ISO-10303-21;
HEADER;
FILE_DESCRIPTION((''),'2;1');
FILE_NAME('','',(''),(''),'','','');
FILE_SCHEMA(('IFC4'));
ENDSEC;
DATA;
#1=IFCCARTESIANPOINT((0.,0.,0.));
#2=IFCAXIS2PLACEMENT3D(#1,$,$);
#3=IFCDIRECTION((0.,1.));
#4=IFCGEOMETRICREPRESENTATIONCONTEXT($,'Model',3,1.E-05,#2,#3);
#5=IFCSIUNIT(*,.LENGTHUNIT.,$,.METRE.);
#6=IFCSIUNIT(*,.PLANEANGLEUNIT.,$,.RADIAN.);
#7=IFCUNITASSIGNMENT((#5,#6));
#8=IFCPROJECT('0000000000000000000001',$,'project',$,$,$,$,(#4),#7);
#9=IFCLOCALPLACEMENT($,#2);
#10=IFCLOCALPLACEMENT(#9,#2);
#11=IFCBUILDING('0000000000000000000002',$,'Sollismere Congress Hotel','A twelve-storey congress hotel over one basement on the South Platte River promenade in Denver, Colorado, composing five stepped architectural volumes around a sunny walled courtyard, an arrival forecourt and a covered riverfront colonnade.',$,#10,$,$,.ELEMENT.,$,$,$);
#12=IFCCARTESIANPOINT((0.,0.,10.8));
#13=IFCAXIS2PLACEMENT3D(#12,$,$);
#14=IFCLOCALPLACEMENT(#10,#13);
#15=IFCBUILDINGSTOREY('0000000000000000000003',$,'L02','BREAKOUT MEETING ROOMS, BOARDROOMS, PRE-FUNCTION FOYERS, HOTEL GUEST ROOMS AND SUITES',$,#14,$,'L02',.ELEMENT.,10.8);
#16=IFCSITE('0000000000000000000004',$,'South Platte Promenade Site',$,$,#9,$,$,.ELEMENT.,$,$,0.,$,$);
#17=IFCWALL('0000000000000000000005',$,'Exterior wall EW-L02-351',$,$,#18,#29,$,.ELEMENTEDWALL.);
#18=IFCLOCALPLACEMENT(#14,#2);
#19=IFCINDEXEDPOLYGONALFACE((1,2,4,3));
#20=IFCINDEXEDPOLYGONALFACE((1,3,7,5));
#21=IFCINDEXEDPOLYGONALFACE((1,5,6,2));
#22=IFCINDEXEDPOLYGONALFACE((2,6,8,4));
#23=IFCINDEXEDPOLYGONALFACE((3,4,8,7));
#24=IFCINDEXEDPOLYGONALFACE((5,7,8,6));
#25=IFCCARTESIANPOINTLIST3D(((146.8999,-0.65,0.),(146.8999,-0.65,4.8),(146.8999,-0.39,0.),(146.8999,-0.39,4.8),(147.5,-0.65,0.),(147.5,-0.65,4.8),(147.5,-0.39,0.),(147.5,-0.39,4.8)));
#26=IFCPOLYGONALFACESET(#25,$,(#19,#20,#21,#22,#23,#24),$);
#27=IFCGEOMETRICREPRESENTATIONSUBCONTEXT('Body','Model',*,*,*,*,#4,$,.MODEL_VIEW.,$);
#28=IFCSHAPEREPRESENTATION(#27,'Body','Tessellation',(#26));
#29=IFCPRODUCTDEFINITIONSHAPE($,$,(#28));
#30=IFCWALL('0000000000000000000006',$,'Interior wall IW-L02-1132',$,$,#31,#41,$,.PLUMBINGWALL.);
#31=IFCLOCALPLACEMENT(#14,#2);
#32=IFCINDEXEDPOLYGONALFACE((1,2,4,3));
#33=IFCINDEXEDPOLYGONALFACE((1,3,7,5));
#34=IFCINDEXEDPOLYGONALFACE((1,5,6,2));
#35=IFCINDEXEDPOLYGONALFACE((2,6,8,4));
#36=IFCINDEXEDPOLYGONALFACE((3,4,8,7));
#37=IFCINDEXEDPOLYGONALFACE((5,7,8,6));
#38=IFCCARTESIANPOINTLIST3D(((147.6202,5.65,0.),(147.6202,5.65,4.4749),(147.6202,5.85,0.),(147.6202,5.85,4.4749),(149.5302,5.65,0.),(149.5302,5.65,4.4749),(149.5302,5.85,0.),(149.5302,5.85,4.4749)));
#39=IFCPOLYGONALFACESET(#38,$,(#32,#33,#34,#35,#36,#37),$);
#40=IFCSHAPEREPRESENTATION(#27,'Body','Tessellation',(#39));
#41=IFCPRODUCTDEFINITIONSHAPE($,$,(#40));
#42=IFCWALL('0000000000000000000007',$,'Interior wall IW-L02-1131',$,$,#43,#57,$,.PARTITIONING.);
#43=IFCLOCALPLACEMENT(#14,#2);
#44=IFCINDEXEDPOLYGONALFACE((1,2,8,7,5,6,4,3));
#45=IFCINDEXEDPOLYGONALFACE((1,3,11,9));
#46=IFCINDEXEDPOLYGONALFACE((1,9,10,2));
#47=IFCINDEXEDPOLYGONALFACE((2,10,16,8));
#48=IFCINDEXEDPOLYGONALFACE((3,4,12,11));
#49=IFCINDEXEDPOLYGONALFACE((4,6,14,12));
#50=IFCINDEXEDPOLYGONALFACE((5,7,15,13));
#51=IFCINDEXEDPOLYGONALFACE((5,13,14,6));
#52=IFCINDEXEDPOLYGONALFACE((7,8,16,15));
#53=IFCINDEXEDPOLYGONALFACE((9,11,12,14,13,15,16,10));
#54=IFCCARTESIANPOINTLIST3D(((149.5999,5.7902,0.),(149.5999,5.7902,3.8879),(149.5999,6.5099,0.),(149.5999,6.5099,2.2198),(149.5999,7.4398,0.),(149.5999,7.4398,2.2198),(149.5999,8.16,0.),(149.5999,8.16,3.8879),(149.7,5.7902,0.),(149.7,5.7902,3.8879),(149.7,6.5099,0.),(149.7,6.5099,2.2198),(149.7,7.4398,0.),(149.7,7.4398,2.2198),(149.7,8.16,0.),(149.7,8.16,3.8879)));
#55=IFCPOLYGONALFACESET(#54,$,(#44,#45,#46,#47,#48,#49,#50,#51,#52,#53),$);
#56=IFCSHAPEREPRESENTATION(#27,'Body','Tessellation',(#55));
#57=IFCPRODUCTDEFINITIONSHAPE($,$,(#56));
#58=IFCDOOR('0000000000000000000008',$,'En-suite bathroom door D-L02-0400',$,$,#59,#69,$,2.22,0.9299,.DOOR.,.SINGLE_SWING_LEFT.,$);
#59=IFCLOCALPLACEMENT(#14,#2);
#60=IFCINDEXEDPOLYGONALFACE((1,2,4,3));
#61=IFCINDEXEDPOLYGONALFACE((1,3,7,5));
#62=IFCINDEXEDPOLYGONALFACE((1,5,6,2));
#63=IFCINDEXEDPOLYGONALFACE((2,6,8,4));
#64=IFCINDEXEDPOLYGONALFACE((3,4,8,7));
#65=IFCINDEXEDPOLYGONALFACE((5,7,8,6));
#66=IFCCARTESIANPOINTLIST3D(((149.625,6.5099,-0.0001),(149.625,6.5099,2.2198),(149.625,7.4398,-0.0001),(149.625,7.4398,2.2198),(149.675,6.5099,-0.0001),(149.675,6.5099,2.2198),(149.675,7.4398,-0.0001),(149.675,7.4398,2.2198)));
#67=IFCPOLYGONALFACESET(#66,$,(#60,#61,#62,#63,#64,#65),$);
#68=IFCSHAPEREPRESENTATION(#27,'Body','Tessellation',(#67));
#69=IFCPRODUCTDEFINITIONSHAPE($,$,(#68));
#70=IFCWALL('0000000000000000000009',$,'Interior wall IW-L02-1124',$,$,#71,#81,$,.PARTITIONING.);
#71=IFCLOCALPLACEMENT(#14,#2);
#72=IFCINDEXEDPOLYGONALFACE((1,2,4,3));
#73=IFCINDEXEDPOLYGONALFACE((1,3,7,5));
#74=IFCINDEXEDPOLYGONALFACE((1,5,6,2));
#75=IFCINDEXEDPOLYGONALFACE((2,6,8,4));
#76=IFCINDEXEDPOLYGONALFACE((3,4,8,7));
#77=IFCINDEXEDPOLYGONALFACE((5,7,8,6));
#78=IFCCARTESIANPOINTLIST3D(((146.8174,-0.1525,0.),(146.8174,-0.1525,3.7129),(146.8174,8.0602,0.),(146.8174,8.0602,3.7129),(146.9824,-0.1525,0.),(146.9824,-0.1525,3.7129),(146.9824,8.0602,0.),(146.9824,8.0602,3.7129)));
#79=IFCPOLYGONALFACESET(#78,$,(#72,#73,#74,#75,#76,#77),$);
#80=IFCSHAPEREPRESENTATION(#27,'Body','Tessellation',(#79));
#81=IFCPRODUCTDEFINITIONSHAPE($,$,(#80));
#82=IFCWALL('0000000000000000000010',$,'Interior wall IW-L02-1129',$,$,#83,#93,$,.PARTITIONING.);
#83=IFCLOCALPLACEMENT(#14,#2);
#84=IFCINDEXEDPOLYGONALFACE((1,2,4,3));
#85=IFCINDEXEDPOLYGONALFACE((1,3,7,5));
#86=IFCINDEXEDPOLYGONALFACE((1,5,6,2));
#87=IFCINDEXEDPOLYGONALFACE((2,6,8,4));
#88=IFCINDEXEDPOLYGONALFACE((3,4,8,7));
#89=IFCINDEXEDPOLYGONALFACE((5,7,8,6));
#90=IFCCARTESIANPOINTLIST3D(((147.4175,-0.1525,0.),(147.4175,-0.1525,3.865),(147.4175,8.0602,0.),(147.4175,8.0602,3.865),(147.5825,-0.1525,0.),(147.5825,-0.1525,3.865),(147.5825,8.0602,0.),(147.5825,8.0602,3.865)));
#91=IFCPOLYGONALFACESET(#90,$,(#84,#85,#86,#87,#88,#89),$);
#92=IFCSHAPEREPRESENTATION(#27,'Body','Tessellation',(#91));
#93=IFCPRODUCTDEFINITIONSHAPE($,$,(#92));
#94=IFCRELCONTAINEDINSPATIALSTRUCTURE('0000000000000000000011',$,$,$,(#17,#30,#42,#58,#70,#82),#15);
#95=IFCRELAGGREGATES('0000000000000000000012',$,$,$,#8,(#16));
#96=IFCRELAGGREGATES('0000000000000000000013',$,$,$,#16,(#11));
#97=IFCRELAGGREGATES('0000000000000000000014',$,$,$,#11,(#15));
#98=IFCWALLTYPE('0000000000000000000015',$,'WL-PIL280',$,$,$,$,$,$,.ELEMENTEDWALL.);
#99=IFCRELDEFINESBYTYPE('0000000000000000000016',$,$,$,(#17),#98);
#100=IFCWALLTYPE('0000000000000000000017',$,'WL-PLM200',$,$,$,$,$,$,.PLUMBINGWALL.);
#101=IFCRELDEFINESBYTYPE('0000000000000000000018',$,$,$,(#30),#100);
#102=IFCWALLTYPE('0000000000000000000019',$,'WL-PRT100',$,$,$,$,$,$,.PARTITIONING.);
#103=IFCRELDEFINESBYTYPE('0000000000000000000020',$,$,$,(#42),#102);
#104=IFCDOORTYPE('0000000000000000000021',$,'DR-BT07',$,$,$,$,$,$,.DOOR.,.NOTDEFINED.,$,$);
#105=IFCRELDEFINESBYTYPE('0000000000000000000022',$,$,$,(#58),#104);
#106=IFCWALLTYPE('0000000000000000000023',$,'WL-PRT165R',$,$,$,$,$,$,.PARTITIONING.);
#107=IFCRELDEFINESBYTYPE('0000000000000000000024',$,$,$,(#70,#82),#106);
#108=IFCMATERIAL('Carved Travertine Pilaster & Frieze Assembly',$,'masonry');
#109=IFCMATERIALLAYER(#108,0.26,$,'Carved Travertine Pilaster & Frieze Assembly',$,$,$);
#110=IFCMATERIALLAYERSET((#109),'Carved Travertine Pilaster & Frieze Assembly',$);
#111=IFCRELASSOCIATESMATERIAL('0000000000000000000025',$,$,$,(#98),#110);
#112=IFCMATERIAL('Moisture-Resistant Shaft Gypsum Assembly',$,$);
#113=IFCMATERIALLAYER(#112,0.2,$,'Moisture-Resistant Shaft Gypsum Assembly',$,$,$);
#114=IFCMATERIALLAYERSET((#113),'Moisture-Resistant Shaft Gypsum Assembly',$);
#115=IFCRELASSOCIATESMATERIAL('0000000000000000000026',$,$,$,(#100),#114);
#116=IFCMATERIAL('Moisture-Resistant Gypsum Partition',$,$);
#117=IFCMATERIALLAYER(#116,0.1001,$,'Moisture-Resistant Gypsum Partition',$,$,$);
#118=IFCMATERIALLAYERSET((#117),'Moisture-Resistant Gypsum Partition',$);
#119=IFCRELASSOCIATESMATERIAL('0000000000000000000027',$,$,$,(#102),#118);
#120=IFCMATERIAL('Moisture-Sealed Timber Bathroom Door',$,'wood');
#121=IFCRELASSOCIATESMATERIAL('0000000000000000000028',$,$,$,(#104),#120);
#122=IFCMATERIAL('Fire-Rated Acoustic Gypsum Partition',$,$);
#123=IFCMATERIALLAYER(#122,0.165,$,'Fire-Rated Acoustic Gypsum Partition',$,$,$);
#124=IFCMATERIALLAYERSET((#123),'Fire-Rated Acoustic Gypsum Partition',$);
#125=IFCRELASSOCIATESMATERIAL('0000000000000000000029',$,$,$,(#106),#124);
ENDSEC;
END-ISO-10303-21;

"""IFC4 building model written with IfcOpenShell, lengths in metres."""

from ifc_helpers import new_model, si_unit, direction, frame, frame_2d, origin, place, context, subcontext, project, spatial, rectangle, extrude, material, layer, layer_set, type_object, element, fill, save


model = new_model("IFC4")

# Units and contexts
model_context = context("Model", 3, precision=1e-05, world=origin(), true_north=direction((0.0, 1.0)))
body_context = subcontext(model_context, "Body", "Model", "MODEL_VIEW")
ifc_project = project(units=[si_unit("LENGTHUNIT", "METRE"), si_unit("PLANEANGLEUNIT", "RADIAN")], contexts=[model_context])

# Site, building, storey
site_placement = place(None, origin())
site = spatial("IfcSite", under=ifc_project, at=site_placement, Name="South Platte Promenade Site", CompositionType="ELEMENT", RefElevation=0.0)
building_placement = place(site_placement, origin())
building = spatial("IfcBuilding", under=site, at=building_placement, Name="Sollismere Congress Hotel", Description="A twelve-storey congress hotel over one basement on the South Platte River promenade in Denver, Colorado, composing five stepped architectural volumes around a sunny walled courtyard, an arrival forecourt and a covered riverfront colonnade.", CompositionType="ELEMENT")
storey_placement = place(building_placement, frame((0.0, 0.0, 10.8)))
storey = spatial("IfcBuildingStorey", under=building, at=storey_placement, Name="L02", Description="BREAKOUT MEETING ROOMS, BOARDROOMS, PRE-FUNCTION FOYERS, HOTEL GUEST ROOMS AND SUITES", LongName="L02", CompositionType="ELEMENT", Elevation=10.8)

# Walls
ifc_material_1 = material(Name="Carved Travertine Pilaster & Frieze Assembly", Category="masonry")
ifc_layer_1 = layer(ifc_material_1, 0.26, Name="Carved Travertine Pilaster & Frieze Assembly")
ifc_layer_set_1 = layer_set([ifc_layer_1], Name="Carved Travertine Pilaster & Frieze Assembly")
wall_type_1 = type_object("IfcWallType", Name="WL-PIL280", PredefinedType="ELEMENTEDWALL", material=ifc_layer_set_1)
wall_1_placement = place(storey_placement, frame((146.8999, -0.52, 0.0), z_axis=(0.0, 0.0, 1.0), x_axis=(1.0, 0.0, 0.0)))
element("IfcWall", 1, at=wall_1_placement, inside=storey, type_object=wall_type_1, Name="Exterior wall EW-L02-351", PredefinedType="ELEMENTEDWALL", context=body_context, shape_type="SweptSolid", body=[
    extrude(rectangle(XDim=0.6001, YDim=0.26, at=frame_2d((0.3, 0.0))), origin(), (0.0, 0.0, 1.0), 4.8),
])
ifc_material_2 = material(Name="Moisture-Resistant Shaft Gypsum Assembly")
ifc_layer_2 = layer(ifc_material_2, 0.2, Name="Moisture-Resistant Shaft Gypsum Assembly")
ifc_layer_set_2 = layer_set([ifc_layer_2], Name="Moisture-Resistant Shaft Gypsum Assembly")
wall_type_2 = type_object("IfcWallType", Name="WL-PLM200", PredefinedType="PLUMBINGWALL", material=ifc_layer_set_2)
wall_2_placement = place(storey_placement, frame((147.6201, 5.75, 0.0), z_axis=(0.0, 0.0, 1.0), x_axis=(1.0, 0.0, 0.0)))
element("IfcWall", 2, at=wall_2_placement, inside=storey, type_object=wall_type_2, Name="Interior wall IW-L02-1132", PredefinedType="PLUMBINGWALL", context=body_context, shape_type="SweptSolid", body=[
    extrude(rectangle(XDim=1.9099, YDim=0.2, at=frame_2d((0.9551, 0.0))), origin(), (0.0, 0.0, 1.0), 4.4749),
])

# Wall, opening, door
ifc_material_3 = material(Name="Moisture-Resistant Gypsum Partition")
ifc_layer_3 = layer(ifc_material_3, 0.1001, Name="Moisture-Resistant Gypsum Partition")
ifc_layer_set_3 = layer_set([ifc_layer_3], Name="Moisture-Resistant Gypsum Partition")
wall_type_3 = type_object("IfcWallType", Name="WL-PRT100", PredefinedType="PARTITIONING", material=ifc_layer_set_3)
wall_3_placement = place(storey_placement, frame((149.6499, 5.79, 0.0), z_axis=(0.0, 0.0, 1.0), x_axis=(0.0, 1.0, 0.0)))
wall_3 = element("IfcWall", 3, at=wall_3_placement, inside=storey, type_object=wall_type_3, Name="Interior wall IW-L02-1131", PredefinedType="PARTITIONING", context=body_context, shape_type="SweptSolid", body=[
    extrude(rectangle(XDim=2.3699, YDim=0.1001, at=frame_2d((1.1851, 0.0))), origin(), (0.0, 0.0, 1.0), 3.8879),
])
opening_1_placement = place(wall_3_placement, frame((0.72, 0.0, 0.0)))
opening_1 = element("IfcOpeningElement", 4, at=opening_1_placement, cuts=wall_3, PredefinedType="OPENING", context=body_context, shape_type="SweptSolid", body=[
    extrude(rectangle(XDim=0.9299, YDim=2.22, at=frame_2d((0.4648, 1.1099))), frame((0.0, 0.0601, 0.0), z_axis=(0.0, -1.0, 0.0), x_axis=(1.0, 0.0, 0.0)), (0.0, 0.0, 1.0), 0.1201),
])
ifc_material_4 = material(Name="Moisture-Sealed Timber Bathroom Door", Category="wood")
door_type = type_object("IfcDoorType", Name="DR-BT07", OperationType="NOTDEFINED", PredefinedType="DOOR", material=ifc_material_4)
door_placement = place(opening_1_placement, origin())
door = element("IfcDoor", 5, at=door_placement, inside=storey, type_object=door_type, Name="En-suite bathroom door D-L02-0400", OperationType="SINGLE_SWING_LEFT", OverallHeight=2.22, OverallWidth=0.9299, PredefinedType="DOOR", context=body_context, shape_type="SweptSolid", body=[
    extrude(rectangle(XDim=0.9299, YDim=2.22, at=frame_2d((0.4648, 1.1099))), frame((0.0, 0.0249, 0.0), z_axis=(0.0, -1.0, 0.0), x_axis=(1.0, 0.0, 0.0)), (0.0, 0.0, 1.0), 0.05),
])
fill(opening_1, door)

# Walls
ifc_material_5 = material(Name="Fire-Rated Acoustic Gypsum Partition")
ifc_layer_4 = layer(ifc_material_5, 0.165, Name="Fire-Rated Acoustic Gypsum Partition")
ifc_layer_set_4 = layer_set([ifc_layer_4], Name="Fire-Rated Acoustic Gypsum Partition")
wall_type_4 = type_object("IfcWallType", Name="WL-PRT165R", PredefinedType="PARTITIONING", material=ifc_layer_set_4)
wall_4_placement = place(storey_placement, frame((146.8999, -0.1526, 0.0), z_axis=(0.0, 0.0, 1.0), x_axis=(0.0, 1.0, 0.0)))
element("IfcWall", 6, at=wall_4_placement, inside=storey, type_object=wall_type_4, Name="Interior wall IW-L02-1124", PredefinedType="PARTITIONING", context=body_context, shape_type="SweptSolid", body=[
    extrude(rectangle(XDim=8.2126, YDim=0.165, at=frame_2d((4.1064, 0.0))), origin(), (0.0, 0.0, 1.0), 3.7129),
])
wall_5_placement = place(storey_placement, frame((147.5, -0.1526, 0.0), z_axis=(0.0, 0.0, 1.0), x_axis=(0.0, 1.0, 0.0)))
element("IfcWall", 7, at=wall_5_placement, inside=storey, type_object=wall_type_4, Name="Interior wall IW-L02-1129", PredefinedType="PARTITIONING", context=body_context, shape_type="SweptSolid", body=[
    extrude(rectangle(XDim=8.2126, YDim=0.165, at=frame_2d((4.1064, 0.0))), origin(), (0.0, 0.0, 1.0), 3.865),
])

save(model, "model.ifc")
